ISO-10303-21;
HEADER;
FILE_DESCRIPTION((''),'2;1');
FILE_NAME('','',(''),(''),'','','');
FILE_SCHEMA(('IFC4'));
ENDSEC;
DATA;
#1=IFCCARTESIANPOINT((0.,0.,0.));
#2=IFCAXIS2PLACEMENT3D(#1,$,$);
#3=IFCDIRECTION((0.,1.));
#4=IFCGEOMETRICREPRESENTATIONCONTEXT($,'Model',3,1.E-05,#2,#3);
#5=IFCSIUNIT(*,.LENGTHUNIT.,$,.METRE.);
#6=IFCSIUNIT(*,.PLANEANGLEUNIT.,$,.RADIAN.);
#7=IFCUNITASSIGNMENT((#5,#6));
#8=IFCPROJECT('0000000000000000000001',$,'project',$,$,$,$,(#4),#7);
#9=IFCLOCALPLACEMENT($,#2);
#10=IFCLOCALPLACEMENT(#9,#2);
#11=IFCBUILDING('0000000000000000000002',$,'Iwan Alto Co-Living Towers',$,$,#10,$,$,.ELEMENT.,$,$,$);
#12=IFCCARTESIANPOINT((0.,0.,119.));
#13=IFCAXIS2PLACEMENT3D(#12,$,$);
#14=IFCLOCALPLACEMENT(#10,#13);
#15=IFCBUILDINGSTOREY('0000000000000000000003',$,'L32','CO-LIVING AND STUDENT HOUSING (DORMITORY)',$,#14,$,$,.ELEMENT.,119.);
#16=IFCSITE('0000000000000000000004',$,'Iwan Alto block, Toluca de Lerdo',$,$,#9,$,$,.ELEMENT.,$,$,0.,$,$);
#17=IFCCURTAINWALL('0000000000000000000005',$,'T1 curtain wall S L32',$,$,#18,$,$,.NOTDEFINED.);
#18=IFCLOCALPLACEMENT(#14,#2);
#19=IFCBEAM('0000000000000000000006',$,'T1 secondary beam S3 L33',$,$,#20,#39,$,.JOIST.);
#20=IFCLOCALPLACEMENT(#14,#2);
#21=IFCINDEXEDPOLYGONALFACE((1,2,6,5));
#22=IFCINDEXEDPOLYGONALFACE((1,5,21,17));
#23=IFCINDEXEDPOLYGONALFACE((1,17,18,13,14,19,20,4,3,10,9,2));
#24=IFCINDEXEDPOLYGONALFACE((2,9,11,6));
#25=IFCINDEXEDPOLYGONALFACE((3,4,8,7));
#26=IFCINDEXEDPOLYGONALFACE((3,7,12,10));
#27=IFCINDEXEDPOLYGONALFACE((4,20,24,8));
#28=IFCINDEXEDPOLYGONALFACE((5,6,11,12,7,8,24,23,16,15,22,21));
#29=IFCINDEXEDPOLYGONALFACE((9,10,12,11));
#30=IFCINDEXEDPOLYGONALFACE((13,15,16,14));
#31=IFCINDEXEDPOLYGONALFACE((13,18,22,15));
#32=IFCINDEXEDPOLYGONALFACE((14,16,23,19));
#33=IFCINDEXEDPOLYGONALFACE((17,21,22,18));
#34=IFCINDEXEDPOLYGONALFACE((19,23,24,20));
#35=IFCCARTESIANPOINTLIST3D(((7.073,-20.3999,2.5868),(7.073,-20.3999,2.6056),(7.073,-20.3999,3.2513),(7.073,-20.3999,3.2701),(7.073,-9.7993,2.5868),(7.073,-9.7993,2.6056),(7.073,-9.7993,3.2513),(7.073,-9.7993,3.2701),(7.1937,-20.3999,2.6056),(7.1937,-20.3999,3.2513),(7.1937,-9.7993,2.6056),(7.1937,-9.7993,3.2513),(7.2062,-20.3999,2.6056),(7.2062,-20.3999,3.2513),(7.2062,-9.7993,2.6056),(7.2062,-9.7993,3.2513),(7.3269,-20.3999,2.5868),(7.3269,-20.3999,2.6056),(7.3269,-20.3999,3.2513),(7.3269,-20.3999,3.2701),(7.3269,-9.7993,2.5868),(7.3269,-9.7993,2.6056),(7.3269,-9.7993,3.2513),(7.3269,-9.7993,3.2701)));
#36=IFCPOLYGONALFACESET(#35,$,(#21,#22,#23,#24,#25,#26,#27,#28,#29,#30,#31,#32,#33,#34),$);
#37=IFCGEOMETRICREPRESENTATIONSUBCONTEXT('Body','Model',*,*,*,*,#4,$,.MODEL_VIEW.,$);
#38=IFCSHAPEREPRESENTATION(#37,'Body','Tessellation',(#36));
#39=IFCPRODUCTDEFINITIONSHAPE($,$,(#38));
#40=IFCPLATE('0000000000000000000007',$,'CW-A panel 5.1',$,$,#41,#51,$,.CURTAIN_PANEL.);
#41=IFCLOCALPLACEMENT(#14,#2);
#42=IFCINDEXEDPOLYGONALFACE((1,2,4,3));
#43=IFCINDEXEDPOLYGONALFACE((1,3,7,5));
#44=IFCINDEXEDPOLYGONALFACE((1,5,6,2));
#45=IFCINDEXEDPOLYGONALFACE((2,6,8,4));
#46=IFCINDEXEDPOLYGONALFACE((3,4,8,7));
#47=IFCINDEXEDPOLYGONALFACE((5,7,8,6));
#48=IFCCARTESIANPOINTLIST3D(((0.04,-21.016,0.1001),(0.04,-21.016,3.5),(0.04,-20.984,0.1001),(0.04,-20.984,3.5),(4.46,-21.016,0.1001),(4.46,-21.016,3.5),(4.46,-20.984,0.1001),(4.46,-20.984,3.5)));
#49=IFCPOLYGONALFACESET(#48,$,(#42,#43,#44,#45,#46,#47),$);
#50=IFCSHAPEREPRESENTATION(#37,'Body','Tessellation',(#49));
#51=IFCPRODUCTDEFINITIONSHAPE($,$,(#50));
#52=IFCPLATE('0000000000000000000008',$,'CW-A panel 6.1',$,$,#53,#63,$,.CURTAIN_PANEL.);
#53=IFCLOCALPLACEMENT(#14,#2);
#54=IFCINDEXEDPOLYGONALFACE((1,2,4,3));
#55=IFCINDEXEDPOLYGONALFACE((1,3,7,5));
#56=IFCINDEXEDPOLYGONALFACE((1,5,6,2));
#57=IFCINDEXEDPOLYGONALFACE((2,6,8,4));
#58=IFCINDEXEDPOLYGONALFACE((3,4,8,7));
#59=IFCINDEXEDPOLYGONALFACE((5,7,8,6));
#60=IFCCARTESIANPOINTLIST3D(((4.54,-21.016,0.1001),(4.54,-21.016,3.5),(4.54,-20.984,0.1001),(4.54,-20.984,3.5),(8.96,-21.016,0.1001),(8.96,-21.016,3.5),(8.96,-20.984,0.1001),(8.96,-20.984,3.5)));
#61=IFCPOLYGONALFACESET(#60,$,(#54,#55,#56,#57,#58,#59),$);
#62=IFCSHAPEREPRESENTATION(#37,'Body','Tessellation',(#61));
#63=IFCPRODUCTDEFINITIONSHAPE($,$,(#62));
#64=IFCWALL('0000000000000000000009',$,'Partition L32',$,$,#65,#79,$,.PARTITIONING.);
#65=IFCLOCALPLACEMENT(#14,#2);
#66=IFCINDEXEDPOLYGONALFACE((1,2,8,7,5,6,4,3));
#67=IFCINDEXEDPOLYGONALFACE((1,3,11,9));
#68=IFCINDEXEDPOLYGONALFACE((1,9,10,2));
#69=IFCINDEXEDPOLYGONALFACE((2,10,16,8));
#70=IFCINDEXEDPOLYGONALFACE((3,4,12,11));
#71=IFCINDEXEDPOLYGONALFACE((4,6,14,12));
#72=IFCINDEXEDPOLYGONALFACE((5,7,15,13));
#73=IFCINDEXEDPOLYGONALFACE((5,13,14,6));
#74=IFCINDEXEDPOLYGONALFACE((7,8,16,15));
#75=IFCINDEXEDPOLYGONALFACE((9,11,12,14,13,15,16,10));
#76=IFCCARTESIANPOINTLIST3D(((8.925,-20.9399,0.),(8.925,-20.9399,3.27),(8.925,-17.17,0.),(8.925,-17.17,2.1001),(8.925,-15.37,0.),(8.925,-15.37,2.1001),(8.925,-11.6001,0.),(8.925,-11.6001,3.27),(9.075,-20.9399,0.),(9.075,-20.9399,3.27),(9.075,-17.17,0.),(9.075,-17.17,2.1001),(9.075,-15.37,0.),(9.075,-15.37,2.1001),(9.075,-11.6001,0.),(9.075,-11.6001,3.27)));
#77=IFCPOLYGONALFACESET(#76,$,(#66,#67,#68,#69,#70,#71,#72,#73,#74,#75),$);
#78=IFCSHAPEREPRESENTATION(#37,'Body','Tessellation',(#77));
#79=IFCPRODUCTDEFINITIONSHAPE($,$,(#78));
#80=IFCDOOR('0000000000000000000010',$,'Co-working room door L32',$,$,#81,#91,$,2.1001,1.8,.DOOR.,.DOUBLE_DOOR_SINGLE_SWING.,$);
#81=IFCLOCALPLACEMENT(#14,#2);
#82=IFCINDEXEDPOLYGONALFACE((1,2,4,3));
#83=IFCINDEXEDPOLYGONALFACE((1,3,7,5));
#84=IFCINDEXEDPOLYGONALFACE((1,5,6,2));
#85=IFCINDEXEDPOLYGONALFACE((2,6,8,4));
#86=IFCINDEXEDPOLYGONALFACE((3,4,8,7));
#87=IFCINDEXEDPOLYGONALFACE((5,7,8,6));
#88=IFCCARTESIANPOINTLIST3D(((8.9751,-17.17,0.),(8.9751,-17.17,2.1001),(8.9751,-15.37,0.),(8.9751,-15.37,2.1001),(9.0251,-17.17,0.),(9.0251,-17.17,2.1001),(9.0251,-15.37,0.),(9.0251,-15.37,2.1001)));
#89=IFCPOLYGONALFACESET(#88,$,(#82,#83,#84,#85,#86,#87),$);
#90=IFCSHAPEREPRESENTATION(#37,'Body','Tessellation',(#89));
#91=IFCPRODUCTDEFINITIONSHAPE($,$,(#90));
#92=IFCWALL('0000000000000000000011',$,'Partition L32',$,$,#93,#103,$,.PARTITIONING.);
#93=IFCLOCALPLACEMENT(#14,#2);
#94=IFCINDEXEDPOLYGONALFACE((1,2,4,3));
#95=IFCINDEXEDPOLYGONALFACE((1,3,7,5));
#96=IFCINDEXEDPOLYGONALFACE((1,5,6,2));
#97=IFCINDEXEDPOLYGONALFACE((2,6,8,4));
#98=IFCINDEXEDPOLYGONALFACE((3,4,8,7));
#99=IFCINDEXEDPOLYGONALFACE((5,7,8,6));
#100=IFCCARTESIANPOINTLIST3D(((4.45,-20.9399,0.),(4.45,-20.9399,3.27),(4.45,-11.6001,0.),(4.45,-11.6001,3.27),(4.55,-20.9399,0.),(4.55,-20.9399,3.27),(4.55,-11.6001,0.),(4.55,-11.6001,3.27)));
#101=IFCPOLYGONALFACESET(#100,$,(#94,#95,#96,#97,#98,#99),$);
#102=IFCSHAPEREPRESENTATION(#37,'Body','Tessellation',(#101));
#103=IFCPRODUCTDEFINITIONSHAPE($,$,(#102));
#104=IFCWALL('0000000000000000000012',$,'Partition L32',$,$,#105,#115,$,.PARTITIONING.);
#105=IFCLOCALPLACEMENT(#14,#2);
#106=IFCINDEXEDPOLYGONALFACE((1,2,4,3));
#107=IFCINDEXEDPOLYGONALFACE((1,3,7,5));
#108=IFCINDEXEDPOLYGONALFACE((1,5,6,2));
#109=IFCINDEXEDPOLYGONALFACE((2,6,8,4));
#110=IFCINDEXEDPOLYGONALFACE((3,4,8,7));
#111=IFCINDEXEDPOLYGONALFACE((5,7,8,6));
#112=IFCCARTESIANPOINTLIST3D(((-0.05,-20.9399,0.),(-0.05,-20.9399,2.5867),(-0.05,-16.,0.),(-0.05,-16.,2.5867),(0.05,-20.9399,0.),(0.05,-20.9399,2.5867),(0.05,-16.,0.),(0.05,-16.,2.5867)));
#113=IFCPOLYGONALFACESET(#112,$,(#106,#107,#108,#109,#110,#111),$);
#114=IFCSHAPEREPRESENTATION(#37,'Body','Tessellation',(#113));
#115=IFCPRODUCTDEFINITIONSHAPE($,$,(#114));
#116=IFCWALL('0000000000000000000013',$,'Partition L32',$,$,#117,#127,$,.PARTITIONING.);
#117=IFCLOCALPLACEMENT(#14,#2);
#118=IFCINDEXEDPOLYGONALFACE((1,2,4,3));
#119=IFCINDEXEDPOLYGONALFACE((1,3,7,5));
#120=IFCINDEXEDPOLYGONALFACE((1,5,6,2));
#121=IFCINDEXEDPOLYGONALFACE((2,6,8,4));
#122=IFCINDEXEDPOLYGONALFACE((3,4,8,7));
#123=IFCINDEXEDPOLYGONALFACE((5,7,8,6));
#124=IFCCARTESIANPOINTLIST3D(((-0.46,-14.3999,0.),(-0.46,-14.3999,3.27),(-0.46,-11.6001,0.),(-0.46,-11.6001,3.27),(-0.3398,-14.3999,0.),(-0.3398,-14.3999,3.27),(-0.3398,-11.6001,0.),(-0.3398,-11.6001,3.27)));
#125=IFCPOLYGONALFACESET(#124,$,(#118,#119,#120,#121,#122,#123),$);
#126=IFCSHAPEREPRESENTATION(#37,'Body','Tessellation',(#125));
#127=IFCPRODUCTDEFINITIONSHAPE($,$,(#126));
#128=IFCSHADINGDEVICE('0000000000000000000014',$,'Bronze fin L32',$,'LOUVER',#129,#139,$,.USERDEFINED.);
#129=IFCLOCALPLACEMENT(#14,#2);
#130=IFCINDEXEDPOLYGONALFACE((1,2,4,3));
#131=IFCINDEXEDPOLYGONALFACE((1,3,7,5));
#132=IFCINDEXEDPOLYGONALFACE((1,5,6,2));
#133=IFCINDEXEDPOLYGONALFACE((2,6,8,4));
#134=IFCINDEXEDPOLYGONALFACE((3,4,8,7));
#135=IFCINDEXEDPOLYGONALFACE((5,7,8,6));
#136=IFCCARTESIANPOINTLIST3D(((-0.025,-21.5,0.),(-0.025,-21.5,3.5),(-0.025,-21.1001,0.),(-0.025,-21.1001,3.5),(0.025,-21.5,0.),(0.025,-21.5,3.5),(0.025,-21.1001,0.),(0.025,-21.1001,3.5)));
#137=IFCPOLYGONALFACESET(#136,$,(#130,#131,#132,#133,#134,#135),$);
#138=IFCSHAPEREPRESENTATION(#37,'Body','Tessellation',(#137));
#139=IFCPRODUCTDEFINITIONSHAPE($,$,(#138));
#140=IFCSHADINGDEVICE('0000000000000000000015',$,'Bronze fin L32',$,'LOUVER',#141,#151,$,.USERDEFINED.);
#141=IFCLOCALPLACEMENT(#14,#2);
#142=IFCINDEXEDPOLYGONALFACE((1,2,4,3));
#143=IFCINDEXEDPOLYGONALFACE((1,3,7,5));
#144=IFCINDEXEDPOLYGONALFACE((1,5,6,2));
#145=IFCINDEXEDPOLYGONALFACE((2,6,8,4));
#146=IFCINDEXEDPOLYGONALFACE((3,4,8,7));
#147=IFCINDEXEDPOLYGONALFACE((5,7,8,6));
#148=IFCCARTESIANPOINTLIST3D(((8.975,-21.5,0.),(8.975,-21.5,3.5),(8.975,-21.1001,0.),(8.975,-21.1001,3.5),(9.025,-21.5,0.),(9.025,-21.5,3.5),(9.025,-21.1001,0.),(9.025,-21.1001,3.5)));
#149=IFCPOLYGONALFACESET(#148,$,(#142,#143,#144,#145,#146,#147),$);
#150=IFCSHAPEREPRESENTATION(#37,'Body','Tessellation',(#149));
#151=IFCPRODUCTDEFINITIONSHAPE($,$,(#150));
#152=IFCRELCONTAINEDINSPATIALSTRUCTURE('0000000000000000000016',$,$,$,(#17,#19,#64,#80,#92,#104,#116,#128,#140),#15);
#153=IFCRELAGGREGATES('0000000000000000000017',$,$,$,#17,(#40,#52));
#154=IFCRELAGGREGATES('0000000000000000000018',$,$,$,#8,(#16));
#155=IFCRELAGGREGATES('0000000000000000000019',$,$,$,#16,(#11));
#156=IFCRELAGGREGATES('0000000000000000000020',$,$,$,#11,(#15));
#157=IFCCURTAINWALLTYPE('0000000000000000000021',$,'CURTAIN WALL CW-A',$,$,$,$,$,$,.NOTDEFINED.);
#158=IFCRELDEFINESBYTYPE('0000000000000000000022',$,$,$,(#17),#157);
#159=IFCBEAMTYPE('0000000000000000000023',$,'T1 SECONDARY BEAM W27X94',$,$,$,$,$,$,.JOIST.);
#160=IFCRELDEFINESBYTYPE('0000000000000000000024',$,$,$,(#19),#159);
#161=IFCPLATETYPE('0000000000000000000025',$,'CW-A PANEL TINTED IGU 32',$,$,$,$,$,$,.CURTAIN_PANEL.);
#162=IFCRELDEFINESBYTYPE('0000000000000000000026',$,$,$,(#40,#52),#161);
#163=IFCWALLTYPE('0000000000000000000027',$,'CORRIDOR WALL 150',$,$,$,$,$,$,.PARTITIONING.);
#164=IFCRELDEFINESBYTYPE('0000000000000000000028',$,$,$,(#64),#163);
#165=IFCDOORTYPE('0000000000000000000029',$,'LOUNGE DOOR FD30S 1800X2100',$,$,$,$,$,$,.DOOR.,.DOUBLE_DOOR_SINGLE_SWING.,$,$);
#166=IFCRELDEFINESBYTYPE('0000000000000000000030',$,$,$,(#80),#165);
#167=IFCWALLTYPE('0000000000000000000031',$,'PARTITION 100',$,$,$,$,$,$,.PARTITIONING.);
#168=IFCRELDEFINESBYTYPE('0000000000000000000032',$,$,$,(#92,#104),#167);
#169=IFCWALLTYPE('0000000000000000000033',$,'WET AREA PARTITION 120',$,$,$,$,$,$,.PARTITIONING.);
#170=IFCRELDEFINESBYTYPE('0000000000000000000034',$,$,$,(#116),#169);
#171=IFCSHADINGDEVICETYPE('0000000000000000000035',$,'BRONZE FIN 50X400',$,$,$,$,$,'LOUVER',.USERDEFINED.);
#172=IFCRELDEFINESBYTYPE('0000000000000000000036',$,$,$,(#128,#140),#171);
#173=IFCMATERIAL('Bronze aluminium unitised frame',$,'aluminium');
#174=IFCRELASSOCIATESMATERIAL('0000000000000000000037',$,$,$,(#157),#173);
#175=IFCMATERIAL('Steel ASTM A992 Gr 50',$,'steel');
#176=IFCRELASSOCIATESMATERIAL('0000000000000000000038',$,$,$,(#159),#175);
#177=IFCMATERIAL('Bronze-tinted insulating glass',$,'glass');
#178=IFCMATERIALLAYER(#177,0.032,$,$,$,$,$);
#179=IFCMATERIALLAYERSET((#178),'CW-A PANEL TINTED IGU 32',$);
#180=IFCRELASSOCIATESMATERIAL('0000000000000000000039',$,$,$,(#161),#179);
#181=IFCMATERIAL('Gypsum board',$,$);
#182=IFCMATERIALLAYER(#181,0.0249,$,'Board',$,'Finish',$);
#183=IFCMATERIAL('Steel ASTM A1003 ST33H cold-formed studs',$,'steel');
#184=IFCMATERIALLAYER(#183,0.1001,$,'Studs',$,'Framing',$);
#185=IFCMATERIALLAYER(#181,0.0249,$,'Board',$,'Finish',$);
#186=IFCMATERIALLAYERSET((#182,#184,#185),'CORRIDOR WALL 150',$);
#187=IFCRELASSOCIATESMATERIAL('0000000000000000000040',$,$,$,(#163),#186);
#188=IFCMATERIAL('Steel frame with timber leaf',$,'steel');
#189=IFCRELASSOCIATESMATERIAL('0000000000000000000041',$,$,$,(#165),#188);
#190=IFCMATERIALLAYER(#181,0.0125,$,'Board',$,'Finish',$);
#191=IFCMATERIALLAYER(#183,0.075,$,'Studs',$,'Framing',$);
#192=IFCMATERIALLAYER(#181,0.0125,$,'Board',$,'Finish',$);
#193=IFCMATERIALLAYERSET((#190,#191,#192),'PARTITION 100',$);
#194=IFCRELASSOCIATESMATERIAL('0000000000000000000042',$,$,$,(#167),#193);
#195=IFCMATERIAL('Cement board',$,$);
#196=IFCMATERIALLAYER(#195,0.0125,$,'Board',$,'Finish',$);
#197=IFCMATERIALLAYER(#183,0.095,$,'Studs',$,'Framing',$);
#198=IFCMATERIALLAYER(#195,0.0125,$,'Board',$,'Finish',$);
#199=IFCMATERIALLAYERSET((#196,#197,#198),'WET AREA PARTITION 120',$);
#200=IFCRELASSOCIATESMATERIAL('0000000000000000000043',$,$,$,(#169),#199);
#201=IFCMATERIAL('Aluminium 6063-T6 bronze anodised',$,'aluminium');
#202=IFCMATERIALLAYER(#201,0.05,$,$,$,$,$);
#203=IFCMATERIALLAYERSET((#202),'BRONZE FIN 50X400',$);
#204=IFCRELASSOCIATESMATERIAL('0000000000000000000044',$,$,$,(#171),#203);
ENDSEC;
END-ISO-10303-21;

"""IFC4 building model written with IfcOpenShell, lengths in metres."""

from ifc_helpers import new_model, si_unit, direction, frame, frame_2d, origin, origin_2d, place, context, subcontext, project, spatial, rectangle, i_section, extrude, material, layer, layer_set, material_profile, profile_set, type_object, element, fill, aggregate, save


model = new_model("IFC4")

# Units and contexts
model_context = context("Model", 3, precision=1e-05, world=origin(), true_north=direction((0.0, 1.0)))
body_context = subcontext(model_context, "Body", "Model", "MODEL_VIEW")
ifc_project = project(units=[si_unit("LENGTHUNIT", "METRE"), si_unit("PLANEANGLEUNIT", "RADIAN")], contexts=[model_context])

# Site, building, storey
site_placement = place(None, origin())
site = spatial("IfcSite", under=ifc_project, at=site_placement, Name="Iwan Alto block, Toluca de Lerdo", CompositionType="ELEMENT", RefElevation=0.0)
building_placement = place(site_placement, origin())
building = spatial("IfcBuilding", under=site, at=building_placement, Name="Iwan Alto Co-Living Towers", CompositionType="ELEMENT")
storey_placement = place(building_placement, frame((0.0, 0.0, 119.0)))
storey = spatial("IfcBuildingStorey", under=building, at=storey_placement, Name="L32", Description="CO-LIVING AND STUDENT HOUSING (DORMITORY)", CompositionType="ELEMENT", Elevation=119.0)

# Curtain wall
ifc_material_1 = material(Name="Bronze aluminium unitised frame", Category="aluminium")
curtain_wall_type = type_object("IfcCurtainWallType", Name="CURTAIN WALL CW-A", PredefinedType="NOTDEFINED", material=ifc_material_1)
curtain_wall_placement = place(storey_placement, origin())
curtain_wall = element("IfcCurtainWall", 1, at=curtain_wall_placement, inside=storey, type_object=curtain_wall_type, Name="T1 curtain wall S L32", PredefinedType="NOTDEFINED")

# Beam
ifc_material_2 = material(Name="Steel ASTM A992 Gr 50", Category="steel")
ifc_material_profile_1 = material_profile(ifc_material_2, i_section(OverallWidth=0.2539, OverallDepth=0.6833, WebThickness=0.0125, FlangeThickness=0.0188, at=origin_2d()), Name="W27X94")
ifc_profile_set_1 = profile_set([ifc_material_profile_1], Name="Steel ASTM A992 Gr 50")
beam_type_1 = type_object("IfcBeamType", Name="T1 SECONDARY BEAM W27X94", PredefinedType="JOIST", material=ifc_profile_set_1)
for number, where, z_axis, x_axis, name in (
    (2, (7.2, -20.3999, 2.9285), (0.0, 1.0, 0.0), (-1.0, 0.0, 0.0), "T1 secondary beam S3 L33"),
):
    element("IfcBeam", number, at=place(storey_placement, frame(where, z_axis=z_axis, x_axis=x_axis)), inside=storey, type_object=beam_type_1, Name=name, PredefinedType="JOIST", context=body_context, shape_type="SweptSolid", body=[
        extrude(i_section(OverallWidth=0.2539, OverallDepth=0.6833, WebThickness=0.0125, FlangeThickness=0.0188, at=origin_2d()), origin(), (0.0, 0.0, 1.0), 10.6006),
    ])

# Plates
ifc_material_3 = material(Name="Bronze-tinted insulating glass", Category="glass")
ifc_layer_1 = layer(ifc_material_3, 0.032)
ifc_layer_set_1 = layer_set([ifc_layer_1], Name="CW-A PANEL TINTED IGU 32")
plate_type = type_object("IfcPlateType", Name="CW-A PANEL TINTED IGU 32", PredefinedType="CURTAIN_PANEL", material=ifc_layer_set_1)
plate_1_placement = place(storey_placement, frame((2.25, -21.0, 0.1001), z_axis=(0.0, 0.0, 1.0), x_axis=(1.0, 0.0, 0.0)))
plate_1 = element("IfcPlate", 3, at=plate_1_placement, type_object=plate_type, Name="CW-A panel 5.1", PredefinedType="CURTAIN_PANEL", context=body_context, shape_type="SweptSolid", body=[
    extrude(rectangle(XDim=4.4199, YDim=0.032, at=origin_2d()), origin(), (0.0, 0.0, 1.0), 3.3999),
])
plate_2_placement = place(storey_placement, frame((6.75, -21.0, 0.1001), z_axis=(0.0, 0.0, 1.0), x_axis=(1.0, 0.0, 0.0)))
plate_2 = element("IfcPlate", 4, at=plate_2_placement, type_object=plate_type, Name="CW-A panel 6.1", PredefinedType="CURTAIN_PANEL", context=body_context, shape_type="SweptSolid", body=[
    extrude(rectangle(XDim=4.4199, YDim=0.032, at=origin_2d()), origin(), (0.0, 0.0, 1.0), 3.3999),
])
aggregate(curtain_wall, [plate_1, plate_2])

# Wall, opening, door
ifc_material_4 = material(Name="Gypsum board")
ifc_layer_2 = layer(ifc_material_4, 0.0249, Name="Board", Category="Finish")
ifc_material_5 = material(Name="Steel ASTM A1003 ST33H cold-formed studs", Category="steel")
ifc_layer_3 = layer(ifc_material_5, 0.1001, Name="Studs", Category="Framing")
ifc_layer_4 = layer(ifc_material_4, 0.0249, Name="Board", Category="Finish")
ifc_layer_set_2 = layer_set([ifc_layer_2, ifc_layer_3, ifc_layer_4], Name="CORRIDOR WALL 150")
wall_type_1 = type_object("IfcWallType", Name="CORRIDOR WALL 150", PredefinedType="PARTITIONING", material=ifc_layer_set_2)
wall_1_placement = place(storey_placement, frame((9.0, -20.9399, 0.0), z_axis=(0.0, 0.0, 1.0), x_axis=(0.0, 1.0, 0.0)))
wall_1 = element("IfcWall", 5, at=wall_1_placement, inside=storey, type_object=wall_type_1, Name="Partition L32", PredefinedType="PARTITIONING", context=body_context, shape_type="SweptSolid", body=[
    extrude(rectangle(XDim=9.3398, YDim=0.1499, at=frame_2d((4.6699, 0.0))), origin(), (0.0, 0.0, 1.0), 3.27),
])
opening_placement = place(wall_1_placement, frame((3.77, 0.0, 0.0)))
opening = element("IfcOpeningElement", 6, at=opening_placement, cuts=wall_1, PredefinedType="OPENING", context=body_context, shape_type="SweptSolid", body=[
    extrude(rectangle(XDim=1.8, YDim=2.1001, at=frame_2d((0.8999, 1.05))), frame((0.0, 0.085, 0.0), z_axis=(0.0, -1.0, 0.0), x_axis=(1.0, 0.0, 0.0)), (0.0, 0.0, 1.0), 0.1699),
])
ifc_material_6 = material(Name="Steel frame with timber leaf", Category="steel")
door_type = type_object("IfcDoorType", Name="LOUNGE DOOR FD30S 1800X2100", OperationType="DOUBLE_DOOR_SINGLE_SWING", PredefinedType="DOOR", material=ifc_material_6)
door_placement = place(opening_placement, origin())
door = element("IfcDoor", 7, at=door_placement, inside=storey, type_object=door_type, Name="Co-working room door L32", OperationType="DOUBLE_DOOR_SINGLE_SWING", OverallHeight=2.1001, OverallWidth=1.8, PredefinedType="DOOR", context=body_context, shape_type="SweptSolid", body=[
    extrude(rectangle(XDim=1.8, YDim=2.1001, at=frame_2d((0.8999, 1.05))), frame((0.0, 0.0249, 0.0), z_axis=(0.0, -1.0, 0.0), x_axis=(1.0, 0.0, 0.0)), (0.0, 0.0, 1.0), 0.05),
])
fill(opening, door)

# Walls
ifc_layer_5 = layer(ifc_material_4, 0.0125, Name="Board", Category="Finish")
ifc_layer_6 = layer(ifc_material_5, 0.075, Name="Studs", Category="Framing")
ifc_layer_7 = layer(ifc_material_4, 0.0125, Name="Board", Category="Finish")
ifc_layer_set_3 = layer_set([ifc_layer_5, ifc_layer_6, ifc_layer_7], Name="PARTITION 100")
wall_type_2 = type_object("IfcWallType", Name="PARTITION 100", PredefinedType="PARTITIONING", material=ifc_layer_set_3)
wall_2_placement = place(storey_placement, frame((4.5, -20.9399, 0.0), z_axis=(0.0, 0.0, 1.0), x_axis=(0.0, 1.0, 0.0)))
element("IfcWall", 8, at=wall_2_placement, inside=storey, type_object=wall_type_2, Name="Partition L32", PredefinedType="PARTITIONING", context=body_context, shape_type="SweptSolid", body=[
    extrude(rectangle(XDim=9.3398, YDim=0.1001, at=frame_2d((4.6699, 0.0))), origin(), (0.0, 0.0, 1.0), 3.27),
])
wall_3_placement = place(storey_placement, frame((0.0, -20.9399, 0.0), z_axis=(0.0, 0.0, 1.0), x_axis=(0.0, 1.0, 0.0)))
element("IfcWall", 9, at=wall_3_placement, inside=storey, type_object=wall_type_2, Name="Partition L32", PredefinedType="PARTITIONING", context=body_context, shape_type="SweptSolid", body=[
    extrude(rectangle(XDim=4.9399, YDim=0.1001, at=frame_2d((2.47, 0.0))), origin(), (0.0, 0.0, 1.0), 2.5867),
])
ifc_material_7 = material(Name="Cement board")
ifc_layer_8 = layer(ifc_material_7, 0.0125, Name="Board", Category="Finish")
ifc_layer_9 = layer(ifc_material_5, 0.095, Name="Studs", Category="Framing")
ifc_layer_10 = layer(ifc_material_7, 0.0125, Name="Board", Category="Finish")
ifc_layer_set_4 = layer_set([ifc_layer_8, ifc_layer_9, ifc_layer_10], Name="WET AREA PARTITION 120")
wall_type_3 = type_object("IfcWallType", Name="WET AREA PARTITION 120", PredefinedType="PARTITIONING", material=ifc_layer_set_4)
wall_4_placement = place(storey_placement, frame((-0.3999, -14.3999, 0.0), z_axis=(0.0, 0.0, 1.0), x_axis=(0.0, 1.0, 0.0)))
element("IfcWall", 10, at=wall_4_placement, inside=storey, type_object=wall_type_3, Name="Partition L32", PredefinedType="PARTITIONING", context=body_context, shape_type="SweptSolid", body=[
    extrude(rectangle(XDim=2.7998, YDim=0.1201, at=frame_2d((1.3999, 0.0))), origin(), (0.0, 0.0, 1.0), 3.27),
])

# Shading devices
ifc_material_8 = material(Name="Aluminium 6063-T6 bronze anodised", Category="aluminium")
ifc_layer_11 = layer(ifc_material_8, 0.05)
ifc_layer_set_5 = layer_set([ifc_layer_11], Name="BRONZE FIN 50X400")
shading_device_type = type_object("IfcShadingDeviceType", Name="BRONZE FIN 50X400", ElementType="LOUVER", PredefinedType="USERDEFINED", material=ifc_layer_set_5)
for number, where, z_axis, x_axis, name in (
    (11, (0.0, -21.3, 0.0), (0.0, 0.0, 1.0), (1.0, 0.0, 0.0), "Bronze fin L32"),
    (12, (9.0, -21.3, 0.0), (0.0, 0.0, 1.0), (1.0, 0.0, 0.0), "Bronze fin L32"),
):
    element("IfcShadingDevice", number, at=place(storey_placement, frame(where, z_axis=z_axis, x_axis=x_axis)), inside=storey, type_object=shading_device_type, Name=name, ObjectType="LOUVER", PredefinedType="USERDEFINED", context=body_context, shape_type="SweptSolid", body=[
        extrude(rectangle(XDim=0.05, YDim=0.3999, at=origin_2d()), origin(), (0.0, 0.0, 1.0), 3.5),
    ])

save(model, "model.ifc")
